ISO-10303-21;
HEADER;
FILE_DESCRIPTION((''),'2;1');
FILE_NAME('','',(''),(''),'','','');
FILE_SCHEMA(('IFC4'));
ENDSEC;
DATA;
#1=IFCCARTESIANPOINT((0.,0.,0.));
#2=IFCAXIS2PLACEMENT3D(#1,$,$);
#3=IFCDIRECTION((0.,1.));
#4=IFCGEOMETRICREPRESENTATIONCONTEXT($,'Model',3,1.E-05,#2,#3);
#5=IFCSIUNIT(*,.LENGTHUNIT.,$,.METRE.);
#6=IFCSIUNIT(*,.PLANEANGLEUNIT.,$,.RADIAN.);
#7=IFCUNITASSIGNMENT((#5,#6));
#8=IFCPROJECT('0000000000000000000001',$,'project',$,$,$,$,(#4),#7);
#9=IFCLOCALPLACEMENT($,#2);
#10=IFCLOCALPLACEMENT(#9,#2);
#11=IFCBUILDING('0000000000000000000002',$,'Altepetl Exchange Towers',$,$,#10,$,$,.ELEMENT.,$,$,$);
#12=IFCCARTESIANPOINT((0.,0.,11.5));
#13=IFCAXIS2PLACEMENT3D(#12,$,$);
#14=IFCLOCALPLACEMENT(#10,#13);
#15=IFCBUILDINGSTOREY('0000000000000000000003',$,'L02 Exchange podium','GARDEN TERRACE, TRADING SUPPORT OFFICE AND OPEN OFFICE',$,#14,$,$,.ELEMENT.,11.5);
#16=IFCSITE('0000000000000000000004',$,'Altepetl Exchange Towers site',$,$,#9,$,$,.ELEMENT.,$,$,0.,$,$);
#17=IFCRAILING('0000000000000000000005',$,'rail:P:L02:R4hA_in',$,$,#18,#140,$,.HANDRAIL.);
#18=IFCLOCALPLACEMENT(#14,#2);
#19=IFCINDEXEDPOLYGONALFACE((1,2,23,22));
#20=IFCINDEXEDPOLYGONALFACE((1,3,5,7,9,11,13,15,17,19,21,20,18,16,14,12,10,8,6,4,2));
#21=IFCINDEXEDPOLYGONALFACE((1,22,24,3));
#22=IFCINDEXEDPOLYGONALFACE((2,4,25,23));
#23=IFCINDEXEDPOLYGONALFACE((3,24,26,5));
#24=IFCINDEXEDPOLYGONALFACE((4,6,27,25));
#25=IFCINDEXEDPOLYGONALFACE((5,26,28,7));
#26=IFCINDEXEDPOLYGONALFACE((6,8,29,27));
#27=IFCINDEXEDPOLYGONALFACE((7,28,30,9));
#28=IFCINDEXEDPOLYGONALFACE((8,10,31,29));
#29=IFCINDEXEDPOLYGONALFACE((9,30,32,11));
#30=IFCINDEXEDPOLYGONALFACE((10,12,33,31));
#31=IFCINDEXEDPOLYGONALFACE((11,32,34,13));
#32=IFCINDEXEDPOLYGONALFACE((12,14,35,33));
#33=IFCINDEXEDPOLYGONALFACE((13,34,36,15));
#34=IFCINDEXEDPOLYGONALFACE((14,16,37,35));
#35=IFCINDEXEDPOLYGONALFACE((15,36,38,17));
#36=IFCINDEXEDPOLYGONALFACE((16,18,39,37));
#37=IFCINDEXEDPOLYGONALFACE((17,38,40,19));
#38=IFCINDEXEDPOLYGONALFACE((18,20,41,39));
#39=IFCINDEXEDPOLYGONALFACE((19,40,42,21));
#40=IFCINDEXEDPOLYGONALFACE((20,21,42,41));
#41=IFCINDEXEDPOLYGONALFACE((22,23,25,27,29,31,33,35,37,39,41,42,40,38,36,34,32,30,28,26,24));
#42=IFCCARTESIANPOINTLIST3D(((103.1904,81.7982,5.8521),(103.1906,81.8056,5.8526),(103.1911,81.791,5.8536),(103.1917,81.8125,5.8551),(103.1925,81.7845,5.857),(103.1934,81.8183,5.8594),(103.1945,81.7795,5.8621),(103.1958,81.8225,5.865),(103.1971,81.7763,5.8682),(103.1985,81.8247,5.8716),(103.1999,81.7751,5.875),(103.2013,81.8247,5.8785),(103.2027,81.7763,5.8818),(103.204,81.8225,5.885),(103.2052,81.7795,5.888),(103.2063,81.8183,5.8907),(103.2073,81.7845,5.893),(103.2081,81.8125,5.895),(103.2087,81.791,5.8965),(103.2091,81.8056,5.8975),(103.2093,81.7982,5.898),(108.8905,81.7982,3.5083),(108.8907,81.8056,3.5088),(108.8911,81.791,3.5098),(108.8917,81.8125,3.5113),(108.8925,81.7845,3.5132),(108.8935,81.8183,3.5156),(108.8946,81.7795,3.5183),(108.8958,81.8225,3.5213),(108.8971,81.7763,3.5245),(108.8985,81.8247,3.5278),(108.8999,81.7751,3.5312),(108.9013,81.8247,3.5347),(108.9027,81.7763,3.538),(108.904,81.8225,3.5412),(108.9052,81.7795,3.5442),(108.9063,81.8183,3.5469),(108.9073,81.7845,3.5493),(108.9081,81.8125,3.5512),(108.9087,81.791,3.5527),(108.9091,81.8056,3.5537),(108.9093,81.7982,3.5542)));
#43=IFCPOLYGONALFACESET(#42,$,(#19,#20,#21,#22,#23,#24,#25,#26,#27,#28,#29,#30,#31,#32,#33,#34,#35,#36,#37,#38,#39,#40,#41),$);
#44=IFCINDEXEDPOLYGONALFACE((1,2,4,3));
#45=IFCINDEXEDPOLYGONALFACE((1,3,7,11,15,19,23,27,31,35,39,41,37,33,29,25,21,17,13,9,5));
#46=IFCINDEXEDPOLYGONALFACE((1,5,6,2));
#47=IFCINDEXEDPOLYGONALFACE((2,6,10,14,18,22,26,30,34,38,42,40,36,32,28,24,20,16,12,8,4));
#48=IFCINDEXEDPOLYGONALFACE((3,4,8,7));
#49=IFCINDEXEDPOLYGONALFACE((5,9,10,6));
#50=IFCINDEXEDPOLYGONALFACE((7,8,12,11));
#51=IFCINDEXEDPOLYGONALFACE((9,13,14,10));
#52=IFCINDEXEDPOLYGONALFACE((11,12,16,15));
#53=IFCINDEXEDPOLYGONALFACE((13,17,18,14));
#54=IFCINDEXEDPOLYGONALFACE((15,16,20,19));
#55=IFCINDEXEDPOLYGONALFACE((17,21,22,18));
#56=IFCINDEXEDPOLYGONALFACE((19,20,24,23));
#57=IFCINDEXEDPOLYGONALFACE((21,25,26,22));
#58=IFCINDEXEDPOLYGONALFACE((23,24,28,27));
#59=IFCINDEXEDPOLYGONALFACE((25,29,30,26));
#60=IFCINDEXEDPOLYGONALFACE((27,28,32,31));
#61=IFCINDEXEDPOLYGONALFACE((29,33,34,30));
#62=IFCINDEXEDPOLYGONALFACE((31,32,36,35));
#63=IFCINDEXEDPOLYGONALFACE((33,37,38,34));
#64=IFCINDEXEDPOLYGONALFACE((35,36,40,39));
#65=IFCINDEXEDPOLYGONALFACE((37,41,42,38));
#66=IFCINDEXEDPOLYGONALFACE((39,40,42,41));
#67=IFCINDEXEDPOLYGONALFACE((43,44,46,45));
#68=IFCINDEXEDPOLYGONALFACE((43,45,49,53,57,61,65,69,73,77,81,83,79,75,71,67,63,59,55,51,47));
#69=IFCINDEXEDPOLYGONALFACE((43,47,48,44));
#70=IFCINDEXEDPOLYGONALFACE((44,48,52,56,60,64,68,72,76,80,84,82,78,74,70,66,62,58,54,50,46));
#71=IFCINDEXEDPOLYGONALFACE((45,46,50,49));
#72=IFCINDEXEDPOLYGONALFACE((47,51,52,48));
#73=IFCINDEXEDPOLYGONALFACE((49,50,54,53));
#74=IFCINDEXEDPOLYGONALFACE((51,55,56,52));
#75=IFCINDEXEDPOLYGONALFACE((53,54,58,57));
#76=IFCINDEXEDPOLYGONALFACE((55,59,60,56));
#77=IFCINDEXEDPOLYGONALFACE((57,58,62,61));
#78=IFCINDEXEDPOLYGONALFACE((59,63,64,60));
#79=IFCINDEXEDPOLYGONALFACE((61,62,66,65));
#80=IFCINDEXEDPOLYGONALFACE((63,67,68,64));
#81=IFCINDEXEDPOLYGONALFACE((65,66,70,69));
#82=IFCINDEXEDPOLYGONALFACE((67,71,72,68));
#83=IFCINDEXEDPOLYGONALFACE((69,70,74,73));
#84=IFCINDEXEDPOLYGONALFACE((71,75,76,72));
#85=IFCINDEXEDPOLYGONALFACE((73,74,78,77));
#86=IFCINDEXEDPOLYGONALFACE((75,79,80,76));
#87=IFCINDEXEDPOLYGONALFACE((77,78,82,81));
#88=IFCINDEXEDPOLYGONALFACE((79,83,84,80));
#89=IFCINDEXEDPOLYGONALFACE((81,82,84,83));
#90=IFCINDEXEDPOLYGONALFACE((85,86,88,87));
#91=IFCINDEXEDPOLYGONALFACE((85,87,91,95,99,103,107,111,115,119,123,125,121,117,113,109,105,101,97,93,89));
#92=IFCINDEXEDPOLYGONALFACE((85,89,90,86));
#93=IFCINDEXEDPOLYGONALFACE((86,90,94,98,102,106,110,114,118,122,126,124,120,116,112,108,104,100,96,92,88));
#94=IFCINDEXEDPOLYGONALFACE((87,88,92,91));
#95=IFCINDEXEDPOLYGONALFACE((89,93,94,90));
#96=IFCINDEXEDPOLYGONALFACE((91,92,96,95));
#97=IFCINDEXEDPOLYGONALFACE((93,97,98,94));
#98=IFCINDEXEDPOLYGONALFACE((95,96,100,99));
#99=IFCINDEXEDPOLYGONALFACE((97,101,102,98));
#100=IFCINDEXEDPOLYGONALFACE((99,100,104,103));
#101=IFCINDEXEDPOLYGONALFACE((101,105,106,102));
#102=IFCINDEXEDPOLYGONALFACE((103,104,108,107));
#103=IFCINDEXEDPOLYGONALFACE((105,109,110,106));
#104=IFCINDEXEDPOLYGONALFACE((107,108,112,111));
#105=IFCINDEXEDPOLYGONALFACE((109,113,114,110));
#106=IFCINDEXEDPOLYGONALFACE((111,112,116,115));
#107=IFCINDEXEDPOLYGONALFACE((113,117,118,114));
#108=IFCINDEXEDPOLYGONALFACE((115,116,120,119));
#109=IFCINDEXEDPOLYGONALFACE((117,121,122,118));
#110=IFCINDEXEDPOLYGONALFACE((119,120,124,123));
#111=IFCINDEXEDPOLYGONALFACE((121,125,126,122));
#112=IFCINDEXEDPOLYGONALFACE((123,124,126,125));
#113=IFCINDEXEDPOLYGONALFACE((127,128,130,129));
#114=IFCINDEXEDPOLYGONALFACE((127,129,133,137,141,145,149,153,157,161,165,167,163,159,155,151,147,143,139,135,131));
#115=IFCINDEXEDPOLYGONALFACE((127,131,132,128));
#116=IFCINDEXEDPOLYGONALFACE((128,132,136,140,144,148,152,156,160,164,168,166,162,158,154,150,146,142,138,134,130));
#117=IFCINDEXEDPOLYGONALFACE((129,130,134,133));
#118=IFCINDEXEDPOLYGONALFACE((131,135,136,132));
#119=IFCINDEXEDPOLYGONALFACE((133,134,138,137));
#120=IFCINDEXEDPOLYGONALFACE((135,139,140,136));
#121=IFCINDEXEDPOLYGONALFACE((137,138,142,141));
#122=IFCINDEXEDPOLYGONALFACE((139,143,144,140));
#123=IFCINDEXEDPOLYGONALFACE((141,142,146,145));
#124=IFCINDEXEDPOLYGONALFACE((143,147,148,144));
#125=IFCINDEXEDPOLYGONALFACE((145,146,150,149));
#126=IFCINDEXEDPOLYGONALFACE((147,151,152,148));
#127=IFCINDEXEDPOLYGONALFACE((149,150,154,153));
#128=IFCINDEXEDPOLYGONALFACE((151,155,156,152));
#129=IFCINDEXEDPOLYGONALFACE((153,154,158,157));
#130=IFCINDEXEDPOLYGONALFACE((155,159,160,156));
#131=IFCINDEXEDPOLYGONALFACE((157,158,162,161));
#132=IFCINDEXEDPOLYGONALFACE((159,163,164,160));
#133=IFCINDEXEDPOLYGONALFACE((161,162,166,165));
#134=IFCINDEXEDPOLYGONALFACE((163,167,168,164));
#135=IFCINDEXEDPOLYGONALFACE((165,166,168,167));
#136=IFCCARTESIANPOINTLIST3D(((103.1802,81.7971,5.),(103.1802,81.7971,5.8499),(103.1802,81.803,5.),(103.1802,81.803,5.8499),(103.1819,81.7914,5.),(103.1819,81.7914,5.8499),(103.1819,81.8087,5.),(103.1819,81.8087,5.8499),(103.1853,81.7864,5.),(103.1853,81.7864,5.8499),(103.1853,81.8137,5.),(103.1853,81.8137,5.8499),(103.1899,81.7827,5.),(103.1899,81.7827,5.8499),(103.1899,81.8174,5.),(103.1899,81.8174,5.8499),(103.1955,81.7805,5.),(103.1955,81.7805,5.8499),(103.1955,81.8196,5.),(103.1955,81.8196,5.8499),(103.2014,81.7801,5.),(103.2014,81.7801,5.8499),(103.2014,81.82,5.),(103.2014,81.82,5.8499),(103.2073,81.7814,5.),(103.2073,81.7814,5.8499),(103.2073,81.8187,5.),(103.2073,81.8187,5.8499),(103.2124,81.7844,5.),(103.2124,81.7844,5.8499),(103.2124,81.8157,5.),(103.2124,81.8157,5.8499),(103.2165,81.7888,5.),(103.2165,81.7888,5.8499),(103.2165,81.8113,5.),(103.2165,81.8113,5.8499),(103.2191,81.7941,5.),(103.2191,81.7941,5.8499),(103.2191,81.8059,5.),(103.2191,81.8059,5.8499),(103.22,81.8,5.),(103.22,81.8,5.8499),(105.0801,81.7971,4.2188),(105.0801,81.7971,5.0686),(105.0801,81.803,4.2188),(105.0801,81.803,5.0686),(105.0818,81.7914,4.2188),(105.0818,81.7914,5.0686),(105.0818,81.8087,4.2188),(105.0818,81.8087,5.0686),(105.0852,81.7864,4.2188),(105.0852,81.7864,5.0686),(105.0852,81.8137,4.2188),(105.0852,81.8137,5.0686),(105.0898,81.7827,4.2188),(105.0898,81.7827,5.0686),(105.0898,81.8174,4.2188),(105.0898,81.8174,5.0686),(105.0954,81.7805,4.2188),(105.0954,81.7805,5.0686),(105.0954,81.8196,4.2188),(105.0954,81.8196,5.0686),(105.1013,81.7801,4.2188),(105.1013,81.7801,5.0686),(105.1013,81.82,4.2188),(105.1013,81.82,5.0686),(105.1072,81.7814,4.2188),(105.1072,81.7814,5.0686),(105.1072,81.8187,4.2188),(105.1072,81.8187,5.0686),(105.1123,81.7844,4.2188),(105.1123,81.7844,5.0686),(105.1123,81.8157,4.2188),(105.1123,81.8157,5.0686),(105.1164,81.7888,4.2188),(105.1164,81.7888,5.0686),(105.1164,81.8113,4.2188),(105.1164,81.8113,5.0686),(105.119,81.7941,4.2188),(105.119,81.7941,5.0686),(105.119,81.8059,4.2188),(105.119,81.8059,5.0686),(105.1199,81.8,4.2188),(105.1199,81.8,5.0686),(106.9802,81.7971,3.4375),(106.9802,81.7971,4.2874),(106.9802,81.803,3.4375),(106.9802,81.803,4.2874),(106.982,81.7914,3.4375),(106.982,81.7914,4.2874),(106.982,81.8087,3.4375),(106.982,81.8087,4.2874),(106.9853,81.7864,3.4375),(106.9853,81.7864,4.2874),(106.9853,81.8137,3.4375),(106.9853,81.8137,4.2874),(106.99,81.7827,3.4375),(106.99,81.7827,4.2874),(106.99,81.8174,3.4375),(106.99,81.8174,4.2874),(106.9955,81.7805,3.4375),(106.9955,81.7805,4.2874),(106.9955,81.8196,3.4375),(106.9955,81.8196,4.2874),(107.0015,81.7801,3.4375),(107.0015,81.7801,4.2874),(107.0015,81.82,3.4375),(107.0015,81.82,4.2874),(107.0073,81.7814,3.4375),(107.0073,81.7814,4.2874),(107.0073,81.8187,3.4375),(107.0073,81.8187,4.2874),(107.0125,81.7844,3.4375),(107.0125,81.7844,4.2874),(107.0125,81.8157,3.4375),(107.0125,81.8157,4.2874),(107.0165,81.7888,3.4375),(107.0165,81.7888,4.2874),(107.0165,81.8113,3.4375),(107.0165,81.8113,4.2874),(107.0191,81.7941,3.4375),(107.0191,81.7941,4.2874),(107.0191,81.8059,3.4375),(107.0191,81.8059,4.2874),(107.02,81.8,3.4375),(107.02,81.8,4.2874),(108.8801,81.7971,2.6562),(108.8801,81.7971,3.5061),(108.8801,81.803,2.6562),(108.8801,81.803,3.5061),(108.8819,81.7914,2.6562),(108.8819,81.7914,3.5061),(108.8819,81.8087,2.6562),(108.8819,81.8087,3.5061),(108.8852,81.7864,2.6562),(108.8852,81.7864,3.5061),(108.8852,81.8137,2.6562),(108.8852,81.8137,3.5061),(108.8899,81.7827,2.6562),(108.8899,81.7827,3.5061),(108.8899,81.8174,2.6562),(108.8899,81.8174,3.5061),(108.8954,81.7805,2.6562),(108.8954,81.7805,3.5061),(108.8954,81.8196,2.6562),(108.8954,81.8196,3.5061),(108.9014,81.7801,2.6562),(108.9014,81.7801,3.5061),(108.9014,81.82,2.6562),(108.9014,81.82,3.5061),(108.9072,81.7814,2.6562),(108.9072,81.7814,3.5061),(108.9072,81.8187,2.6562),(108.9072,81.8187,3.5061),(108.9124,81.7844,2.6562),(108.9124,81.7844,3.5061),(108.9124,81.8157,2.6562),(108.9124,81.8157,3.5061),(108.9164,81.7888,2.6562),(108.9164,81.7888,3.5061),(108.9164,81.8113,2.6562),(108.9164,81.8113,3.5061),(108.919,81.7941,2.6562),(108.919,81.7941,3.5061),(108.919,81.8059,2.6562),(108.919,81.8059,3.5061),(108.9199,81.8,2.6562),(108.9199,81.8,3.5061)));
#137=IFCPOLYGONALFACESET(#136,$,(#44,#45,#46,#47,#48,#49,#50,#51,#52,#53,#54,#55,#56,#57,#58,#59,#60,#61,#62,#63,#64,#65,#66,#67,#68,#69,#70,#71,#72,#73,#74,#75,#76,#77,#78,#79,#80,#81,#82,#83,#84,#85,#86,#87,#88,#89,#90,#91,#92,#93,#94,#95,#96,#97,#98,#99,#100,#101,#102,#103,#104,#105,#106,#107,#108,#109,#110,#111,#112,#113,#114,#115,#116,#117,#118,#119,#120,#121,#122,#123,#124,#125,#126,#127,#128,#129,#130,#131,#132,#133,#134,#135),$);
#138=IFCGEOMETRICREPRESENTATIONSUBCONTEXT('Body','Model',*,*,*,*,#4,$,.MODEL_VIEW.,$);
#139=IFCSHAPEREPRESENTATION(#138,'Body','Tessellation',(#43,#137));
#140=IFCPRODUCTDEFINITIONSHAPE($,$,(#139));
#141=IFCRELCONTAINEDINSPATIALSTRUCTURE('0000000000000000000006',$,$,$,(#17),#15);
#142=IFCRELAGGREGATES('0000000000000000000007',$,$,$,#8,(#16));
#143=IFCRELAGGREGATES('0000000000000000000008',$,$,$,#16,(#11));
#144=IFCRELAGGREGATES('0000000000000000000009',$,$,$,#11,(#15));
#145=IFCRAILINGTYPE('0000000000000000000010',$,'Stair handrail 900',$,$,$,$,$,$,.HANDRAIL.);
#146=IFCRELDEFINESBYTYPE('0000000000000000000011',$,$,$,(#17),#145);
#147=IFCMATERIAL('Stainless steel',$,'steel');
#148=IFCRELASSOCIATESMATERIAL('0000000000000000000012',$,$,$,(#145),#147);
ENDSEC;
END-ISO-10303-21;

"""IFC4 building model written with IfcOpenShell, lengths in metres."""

from ifc_helpers import new_model, si_unit, direction, frame, origin, origin_2d, place, context, subcontext, project, spatial, circle, extrude, source, transform, mapped, material, type_object, element, save


model = new_model("IFC4")

# Units and contexts
model_context = context("Model", 3, precision=1e-05, world=origin(), true_north=direction((0.0, 1.0)))
body_context = subcontext(model_context, "Body", "Model", "MODEL_VIEW")
ifc_project = project(units=[si_unit("LENGTHUNIT", "METRE"), si_unit("PLANEANGLEUNIT", "RADIAN")], contexts=[model_context])

# Site, building, storey
site_placement = place(None, origin())
site = spatial("IfcSite", under=ifc_project, at=site_placement, Name="Altepetl Exchange Towers site", CompositionType="ELEMENT", RefElevation=0.0)
building_placement = place(site_placement, origin())
building = spatial("IfcBuilding", under=site, at=building_placement, Name="Altepetl Exchange Towers", CompositionType="ELEMENT")
storey_placement = place(building_placement, frame((0.0, 0.0, 11.5)))
storey = spatial("IfcBuildingStorey", under=building, at=storey_placement, Name="L02 Exchange podium", Description="GARDEN TERRACE, TRADING SUPPORT OFFICE AND OPEN OFFICE", CompositionType="ELEMENT", Elevation=11.5)

# Railing
ifc_material_1 = material(Name="Stainless steel", Category="steel")
railing_type_1 = type_object("IfcRailingType", Name="Stair handrail 900", PredefinedType="HANDRAIL", material=ifc_material_1)
shared_shape_1 = source(origin(), body_context, "Body", "SweptSolid", [
    extrude(circle(Radius=0.02, at=origin_2d()), origin(), (0.0, 0.0, 1.0), 0.8499),
])
for number, where, name in (
    (1, (108.8999, 81.8, 2.6562), "rail:P:L02:R4hA_in"),
):
    element("IfcRailing", number, at=place(storey_placement, frame(where)), inside=storey, type_object=railing_type_1, Name=name, PredefinedType="HANDRAIL", context=body_context, shape_type="SweptSolid", body=[
        extrude(circle(Radius=0.0249, at=origin_2d()), frame((0.0, 0.0, 0.875), z_axis=(-0.924866, 0.0, 0.380293), x_axis=(0.0, -1.0, 0.0)), (0.0, 0.0, 1.0), 6.1631),
        mapped(shared_shape_1, transform((0.0, 0.0, 0.0))),
        mapped(shared_shape_1, transform((-1.8999, 0.0, 0.7812))),
        mapped(shared_shape_1, transform((-3.8, 0.0, 1.5625))),
        mapped(shared_shape_1, transform((-5.7, 0.0, 2.3438))),
    ])

save(model, "model.ifc")
